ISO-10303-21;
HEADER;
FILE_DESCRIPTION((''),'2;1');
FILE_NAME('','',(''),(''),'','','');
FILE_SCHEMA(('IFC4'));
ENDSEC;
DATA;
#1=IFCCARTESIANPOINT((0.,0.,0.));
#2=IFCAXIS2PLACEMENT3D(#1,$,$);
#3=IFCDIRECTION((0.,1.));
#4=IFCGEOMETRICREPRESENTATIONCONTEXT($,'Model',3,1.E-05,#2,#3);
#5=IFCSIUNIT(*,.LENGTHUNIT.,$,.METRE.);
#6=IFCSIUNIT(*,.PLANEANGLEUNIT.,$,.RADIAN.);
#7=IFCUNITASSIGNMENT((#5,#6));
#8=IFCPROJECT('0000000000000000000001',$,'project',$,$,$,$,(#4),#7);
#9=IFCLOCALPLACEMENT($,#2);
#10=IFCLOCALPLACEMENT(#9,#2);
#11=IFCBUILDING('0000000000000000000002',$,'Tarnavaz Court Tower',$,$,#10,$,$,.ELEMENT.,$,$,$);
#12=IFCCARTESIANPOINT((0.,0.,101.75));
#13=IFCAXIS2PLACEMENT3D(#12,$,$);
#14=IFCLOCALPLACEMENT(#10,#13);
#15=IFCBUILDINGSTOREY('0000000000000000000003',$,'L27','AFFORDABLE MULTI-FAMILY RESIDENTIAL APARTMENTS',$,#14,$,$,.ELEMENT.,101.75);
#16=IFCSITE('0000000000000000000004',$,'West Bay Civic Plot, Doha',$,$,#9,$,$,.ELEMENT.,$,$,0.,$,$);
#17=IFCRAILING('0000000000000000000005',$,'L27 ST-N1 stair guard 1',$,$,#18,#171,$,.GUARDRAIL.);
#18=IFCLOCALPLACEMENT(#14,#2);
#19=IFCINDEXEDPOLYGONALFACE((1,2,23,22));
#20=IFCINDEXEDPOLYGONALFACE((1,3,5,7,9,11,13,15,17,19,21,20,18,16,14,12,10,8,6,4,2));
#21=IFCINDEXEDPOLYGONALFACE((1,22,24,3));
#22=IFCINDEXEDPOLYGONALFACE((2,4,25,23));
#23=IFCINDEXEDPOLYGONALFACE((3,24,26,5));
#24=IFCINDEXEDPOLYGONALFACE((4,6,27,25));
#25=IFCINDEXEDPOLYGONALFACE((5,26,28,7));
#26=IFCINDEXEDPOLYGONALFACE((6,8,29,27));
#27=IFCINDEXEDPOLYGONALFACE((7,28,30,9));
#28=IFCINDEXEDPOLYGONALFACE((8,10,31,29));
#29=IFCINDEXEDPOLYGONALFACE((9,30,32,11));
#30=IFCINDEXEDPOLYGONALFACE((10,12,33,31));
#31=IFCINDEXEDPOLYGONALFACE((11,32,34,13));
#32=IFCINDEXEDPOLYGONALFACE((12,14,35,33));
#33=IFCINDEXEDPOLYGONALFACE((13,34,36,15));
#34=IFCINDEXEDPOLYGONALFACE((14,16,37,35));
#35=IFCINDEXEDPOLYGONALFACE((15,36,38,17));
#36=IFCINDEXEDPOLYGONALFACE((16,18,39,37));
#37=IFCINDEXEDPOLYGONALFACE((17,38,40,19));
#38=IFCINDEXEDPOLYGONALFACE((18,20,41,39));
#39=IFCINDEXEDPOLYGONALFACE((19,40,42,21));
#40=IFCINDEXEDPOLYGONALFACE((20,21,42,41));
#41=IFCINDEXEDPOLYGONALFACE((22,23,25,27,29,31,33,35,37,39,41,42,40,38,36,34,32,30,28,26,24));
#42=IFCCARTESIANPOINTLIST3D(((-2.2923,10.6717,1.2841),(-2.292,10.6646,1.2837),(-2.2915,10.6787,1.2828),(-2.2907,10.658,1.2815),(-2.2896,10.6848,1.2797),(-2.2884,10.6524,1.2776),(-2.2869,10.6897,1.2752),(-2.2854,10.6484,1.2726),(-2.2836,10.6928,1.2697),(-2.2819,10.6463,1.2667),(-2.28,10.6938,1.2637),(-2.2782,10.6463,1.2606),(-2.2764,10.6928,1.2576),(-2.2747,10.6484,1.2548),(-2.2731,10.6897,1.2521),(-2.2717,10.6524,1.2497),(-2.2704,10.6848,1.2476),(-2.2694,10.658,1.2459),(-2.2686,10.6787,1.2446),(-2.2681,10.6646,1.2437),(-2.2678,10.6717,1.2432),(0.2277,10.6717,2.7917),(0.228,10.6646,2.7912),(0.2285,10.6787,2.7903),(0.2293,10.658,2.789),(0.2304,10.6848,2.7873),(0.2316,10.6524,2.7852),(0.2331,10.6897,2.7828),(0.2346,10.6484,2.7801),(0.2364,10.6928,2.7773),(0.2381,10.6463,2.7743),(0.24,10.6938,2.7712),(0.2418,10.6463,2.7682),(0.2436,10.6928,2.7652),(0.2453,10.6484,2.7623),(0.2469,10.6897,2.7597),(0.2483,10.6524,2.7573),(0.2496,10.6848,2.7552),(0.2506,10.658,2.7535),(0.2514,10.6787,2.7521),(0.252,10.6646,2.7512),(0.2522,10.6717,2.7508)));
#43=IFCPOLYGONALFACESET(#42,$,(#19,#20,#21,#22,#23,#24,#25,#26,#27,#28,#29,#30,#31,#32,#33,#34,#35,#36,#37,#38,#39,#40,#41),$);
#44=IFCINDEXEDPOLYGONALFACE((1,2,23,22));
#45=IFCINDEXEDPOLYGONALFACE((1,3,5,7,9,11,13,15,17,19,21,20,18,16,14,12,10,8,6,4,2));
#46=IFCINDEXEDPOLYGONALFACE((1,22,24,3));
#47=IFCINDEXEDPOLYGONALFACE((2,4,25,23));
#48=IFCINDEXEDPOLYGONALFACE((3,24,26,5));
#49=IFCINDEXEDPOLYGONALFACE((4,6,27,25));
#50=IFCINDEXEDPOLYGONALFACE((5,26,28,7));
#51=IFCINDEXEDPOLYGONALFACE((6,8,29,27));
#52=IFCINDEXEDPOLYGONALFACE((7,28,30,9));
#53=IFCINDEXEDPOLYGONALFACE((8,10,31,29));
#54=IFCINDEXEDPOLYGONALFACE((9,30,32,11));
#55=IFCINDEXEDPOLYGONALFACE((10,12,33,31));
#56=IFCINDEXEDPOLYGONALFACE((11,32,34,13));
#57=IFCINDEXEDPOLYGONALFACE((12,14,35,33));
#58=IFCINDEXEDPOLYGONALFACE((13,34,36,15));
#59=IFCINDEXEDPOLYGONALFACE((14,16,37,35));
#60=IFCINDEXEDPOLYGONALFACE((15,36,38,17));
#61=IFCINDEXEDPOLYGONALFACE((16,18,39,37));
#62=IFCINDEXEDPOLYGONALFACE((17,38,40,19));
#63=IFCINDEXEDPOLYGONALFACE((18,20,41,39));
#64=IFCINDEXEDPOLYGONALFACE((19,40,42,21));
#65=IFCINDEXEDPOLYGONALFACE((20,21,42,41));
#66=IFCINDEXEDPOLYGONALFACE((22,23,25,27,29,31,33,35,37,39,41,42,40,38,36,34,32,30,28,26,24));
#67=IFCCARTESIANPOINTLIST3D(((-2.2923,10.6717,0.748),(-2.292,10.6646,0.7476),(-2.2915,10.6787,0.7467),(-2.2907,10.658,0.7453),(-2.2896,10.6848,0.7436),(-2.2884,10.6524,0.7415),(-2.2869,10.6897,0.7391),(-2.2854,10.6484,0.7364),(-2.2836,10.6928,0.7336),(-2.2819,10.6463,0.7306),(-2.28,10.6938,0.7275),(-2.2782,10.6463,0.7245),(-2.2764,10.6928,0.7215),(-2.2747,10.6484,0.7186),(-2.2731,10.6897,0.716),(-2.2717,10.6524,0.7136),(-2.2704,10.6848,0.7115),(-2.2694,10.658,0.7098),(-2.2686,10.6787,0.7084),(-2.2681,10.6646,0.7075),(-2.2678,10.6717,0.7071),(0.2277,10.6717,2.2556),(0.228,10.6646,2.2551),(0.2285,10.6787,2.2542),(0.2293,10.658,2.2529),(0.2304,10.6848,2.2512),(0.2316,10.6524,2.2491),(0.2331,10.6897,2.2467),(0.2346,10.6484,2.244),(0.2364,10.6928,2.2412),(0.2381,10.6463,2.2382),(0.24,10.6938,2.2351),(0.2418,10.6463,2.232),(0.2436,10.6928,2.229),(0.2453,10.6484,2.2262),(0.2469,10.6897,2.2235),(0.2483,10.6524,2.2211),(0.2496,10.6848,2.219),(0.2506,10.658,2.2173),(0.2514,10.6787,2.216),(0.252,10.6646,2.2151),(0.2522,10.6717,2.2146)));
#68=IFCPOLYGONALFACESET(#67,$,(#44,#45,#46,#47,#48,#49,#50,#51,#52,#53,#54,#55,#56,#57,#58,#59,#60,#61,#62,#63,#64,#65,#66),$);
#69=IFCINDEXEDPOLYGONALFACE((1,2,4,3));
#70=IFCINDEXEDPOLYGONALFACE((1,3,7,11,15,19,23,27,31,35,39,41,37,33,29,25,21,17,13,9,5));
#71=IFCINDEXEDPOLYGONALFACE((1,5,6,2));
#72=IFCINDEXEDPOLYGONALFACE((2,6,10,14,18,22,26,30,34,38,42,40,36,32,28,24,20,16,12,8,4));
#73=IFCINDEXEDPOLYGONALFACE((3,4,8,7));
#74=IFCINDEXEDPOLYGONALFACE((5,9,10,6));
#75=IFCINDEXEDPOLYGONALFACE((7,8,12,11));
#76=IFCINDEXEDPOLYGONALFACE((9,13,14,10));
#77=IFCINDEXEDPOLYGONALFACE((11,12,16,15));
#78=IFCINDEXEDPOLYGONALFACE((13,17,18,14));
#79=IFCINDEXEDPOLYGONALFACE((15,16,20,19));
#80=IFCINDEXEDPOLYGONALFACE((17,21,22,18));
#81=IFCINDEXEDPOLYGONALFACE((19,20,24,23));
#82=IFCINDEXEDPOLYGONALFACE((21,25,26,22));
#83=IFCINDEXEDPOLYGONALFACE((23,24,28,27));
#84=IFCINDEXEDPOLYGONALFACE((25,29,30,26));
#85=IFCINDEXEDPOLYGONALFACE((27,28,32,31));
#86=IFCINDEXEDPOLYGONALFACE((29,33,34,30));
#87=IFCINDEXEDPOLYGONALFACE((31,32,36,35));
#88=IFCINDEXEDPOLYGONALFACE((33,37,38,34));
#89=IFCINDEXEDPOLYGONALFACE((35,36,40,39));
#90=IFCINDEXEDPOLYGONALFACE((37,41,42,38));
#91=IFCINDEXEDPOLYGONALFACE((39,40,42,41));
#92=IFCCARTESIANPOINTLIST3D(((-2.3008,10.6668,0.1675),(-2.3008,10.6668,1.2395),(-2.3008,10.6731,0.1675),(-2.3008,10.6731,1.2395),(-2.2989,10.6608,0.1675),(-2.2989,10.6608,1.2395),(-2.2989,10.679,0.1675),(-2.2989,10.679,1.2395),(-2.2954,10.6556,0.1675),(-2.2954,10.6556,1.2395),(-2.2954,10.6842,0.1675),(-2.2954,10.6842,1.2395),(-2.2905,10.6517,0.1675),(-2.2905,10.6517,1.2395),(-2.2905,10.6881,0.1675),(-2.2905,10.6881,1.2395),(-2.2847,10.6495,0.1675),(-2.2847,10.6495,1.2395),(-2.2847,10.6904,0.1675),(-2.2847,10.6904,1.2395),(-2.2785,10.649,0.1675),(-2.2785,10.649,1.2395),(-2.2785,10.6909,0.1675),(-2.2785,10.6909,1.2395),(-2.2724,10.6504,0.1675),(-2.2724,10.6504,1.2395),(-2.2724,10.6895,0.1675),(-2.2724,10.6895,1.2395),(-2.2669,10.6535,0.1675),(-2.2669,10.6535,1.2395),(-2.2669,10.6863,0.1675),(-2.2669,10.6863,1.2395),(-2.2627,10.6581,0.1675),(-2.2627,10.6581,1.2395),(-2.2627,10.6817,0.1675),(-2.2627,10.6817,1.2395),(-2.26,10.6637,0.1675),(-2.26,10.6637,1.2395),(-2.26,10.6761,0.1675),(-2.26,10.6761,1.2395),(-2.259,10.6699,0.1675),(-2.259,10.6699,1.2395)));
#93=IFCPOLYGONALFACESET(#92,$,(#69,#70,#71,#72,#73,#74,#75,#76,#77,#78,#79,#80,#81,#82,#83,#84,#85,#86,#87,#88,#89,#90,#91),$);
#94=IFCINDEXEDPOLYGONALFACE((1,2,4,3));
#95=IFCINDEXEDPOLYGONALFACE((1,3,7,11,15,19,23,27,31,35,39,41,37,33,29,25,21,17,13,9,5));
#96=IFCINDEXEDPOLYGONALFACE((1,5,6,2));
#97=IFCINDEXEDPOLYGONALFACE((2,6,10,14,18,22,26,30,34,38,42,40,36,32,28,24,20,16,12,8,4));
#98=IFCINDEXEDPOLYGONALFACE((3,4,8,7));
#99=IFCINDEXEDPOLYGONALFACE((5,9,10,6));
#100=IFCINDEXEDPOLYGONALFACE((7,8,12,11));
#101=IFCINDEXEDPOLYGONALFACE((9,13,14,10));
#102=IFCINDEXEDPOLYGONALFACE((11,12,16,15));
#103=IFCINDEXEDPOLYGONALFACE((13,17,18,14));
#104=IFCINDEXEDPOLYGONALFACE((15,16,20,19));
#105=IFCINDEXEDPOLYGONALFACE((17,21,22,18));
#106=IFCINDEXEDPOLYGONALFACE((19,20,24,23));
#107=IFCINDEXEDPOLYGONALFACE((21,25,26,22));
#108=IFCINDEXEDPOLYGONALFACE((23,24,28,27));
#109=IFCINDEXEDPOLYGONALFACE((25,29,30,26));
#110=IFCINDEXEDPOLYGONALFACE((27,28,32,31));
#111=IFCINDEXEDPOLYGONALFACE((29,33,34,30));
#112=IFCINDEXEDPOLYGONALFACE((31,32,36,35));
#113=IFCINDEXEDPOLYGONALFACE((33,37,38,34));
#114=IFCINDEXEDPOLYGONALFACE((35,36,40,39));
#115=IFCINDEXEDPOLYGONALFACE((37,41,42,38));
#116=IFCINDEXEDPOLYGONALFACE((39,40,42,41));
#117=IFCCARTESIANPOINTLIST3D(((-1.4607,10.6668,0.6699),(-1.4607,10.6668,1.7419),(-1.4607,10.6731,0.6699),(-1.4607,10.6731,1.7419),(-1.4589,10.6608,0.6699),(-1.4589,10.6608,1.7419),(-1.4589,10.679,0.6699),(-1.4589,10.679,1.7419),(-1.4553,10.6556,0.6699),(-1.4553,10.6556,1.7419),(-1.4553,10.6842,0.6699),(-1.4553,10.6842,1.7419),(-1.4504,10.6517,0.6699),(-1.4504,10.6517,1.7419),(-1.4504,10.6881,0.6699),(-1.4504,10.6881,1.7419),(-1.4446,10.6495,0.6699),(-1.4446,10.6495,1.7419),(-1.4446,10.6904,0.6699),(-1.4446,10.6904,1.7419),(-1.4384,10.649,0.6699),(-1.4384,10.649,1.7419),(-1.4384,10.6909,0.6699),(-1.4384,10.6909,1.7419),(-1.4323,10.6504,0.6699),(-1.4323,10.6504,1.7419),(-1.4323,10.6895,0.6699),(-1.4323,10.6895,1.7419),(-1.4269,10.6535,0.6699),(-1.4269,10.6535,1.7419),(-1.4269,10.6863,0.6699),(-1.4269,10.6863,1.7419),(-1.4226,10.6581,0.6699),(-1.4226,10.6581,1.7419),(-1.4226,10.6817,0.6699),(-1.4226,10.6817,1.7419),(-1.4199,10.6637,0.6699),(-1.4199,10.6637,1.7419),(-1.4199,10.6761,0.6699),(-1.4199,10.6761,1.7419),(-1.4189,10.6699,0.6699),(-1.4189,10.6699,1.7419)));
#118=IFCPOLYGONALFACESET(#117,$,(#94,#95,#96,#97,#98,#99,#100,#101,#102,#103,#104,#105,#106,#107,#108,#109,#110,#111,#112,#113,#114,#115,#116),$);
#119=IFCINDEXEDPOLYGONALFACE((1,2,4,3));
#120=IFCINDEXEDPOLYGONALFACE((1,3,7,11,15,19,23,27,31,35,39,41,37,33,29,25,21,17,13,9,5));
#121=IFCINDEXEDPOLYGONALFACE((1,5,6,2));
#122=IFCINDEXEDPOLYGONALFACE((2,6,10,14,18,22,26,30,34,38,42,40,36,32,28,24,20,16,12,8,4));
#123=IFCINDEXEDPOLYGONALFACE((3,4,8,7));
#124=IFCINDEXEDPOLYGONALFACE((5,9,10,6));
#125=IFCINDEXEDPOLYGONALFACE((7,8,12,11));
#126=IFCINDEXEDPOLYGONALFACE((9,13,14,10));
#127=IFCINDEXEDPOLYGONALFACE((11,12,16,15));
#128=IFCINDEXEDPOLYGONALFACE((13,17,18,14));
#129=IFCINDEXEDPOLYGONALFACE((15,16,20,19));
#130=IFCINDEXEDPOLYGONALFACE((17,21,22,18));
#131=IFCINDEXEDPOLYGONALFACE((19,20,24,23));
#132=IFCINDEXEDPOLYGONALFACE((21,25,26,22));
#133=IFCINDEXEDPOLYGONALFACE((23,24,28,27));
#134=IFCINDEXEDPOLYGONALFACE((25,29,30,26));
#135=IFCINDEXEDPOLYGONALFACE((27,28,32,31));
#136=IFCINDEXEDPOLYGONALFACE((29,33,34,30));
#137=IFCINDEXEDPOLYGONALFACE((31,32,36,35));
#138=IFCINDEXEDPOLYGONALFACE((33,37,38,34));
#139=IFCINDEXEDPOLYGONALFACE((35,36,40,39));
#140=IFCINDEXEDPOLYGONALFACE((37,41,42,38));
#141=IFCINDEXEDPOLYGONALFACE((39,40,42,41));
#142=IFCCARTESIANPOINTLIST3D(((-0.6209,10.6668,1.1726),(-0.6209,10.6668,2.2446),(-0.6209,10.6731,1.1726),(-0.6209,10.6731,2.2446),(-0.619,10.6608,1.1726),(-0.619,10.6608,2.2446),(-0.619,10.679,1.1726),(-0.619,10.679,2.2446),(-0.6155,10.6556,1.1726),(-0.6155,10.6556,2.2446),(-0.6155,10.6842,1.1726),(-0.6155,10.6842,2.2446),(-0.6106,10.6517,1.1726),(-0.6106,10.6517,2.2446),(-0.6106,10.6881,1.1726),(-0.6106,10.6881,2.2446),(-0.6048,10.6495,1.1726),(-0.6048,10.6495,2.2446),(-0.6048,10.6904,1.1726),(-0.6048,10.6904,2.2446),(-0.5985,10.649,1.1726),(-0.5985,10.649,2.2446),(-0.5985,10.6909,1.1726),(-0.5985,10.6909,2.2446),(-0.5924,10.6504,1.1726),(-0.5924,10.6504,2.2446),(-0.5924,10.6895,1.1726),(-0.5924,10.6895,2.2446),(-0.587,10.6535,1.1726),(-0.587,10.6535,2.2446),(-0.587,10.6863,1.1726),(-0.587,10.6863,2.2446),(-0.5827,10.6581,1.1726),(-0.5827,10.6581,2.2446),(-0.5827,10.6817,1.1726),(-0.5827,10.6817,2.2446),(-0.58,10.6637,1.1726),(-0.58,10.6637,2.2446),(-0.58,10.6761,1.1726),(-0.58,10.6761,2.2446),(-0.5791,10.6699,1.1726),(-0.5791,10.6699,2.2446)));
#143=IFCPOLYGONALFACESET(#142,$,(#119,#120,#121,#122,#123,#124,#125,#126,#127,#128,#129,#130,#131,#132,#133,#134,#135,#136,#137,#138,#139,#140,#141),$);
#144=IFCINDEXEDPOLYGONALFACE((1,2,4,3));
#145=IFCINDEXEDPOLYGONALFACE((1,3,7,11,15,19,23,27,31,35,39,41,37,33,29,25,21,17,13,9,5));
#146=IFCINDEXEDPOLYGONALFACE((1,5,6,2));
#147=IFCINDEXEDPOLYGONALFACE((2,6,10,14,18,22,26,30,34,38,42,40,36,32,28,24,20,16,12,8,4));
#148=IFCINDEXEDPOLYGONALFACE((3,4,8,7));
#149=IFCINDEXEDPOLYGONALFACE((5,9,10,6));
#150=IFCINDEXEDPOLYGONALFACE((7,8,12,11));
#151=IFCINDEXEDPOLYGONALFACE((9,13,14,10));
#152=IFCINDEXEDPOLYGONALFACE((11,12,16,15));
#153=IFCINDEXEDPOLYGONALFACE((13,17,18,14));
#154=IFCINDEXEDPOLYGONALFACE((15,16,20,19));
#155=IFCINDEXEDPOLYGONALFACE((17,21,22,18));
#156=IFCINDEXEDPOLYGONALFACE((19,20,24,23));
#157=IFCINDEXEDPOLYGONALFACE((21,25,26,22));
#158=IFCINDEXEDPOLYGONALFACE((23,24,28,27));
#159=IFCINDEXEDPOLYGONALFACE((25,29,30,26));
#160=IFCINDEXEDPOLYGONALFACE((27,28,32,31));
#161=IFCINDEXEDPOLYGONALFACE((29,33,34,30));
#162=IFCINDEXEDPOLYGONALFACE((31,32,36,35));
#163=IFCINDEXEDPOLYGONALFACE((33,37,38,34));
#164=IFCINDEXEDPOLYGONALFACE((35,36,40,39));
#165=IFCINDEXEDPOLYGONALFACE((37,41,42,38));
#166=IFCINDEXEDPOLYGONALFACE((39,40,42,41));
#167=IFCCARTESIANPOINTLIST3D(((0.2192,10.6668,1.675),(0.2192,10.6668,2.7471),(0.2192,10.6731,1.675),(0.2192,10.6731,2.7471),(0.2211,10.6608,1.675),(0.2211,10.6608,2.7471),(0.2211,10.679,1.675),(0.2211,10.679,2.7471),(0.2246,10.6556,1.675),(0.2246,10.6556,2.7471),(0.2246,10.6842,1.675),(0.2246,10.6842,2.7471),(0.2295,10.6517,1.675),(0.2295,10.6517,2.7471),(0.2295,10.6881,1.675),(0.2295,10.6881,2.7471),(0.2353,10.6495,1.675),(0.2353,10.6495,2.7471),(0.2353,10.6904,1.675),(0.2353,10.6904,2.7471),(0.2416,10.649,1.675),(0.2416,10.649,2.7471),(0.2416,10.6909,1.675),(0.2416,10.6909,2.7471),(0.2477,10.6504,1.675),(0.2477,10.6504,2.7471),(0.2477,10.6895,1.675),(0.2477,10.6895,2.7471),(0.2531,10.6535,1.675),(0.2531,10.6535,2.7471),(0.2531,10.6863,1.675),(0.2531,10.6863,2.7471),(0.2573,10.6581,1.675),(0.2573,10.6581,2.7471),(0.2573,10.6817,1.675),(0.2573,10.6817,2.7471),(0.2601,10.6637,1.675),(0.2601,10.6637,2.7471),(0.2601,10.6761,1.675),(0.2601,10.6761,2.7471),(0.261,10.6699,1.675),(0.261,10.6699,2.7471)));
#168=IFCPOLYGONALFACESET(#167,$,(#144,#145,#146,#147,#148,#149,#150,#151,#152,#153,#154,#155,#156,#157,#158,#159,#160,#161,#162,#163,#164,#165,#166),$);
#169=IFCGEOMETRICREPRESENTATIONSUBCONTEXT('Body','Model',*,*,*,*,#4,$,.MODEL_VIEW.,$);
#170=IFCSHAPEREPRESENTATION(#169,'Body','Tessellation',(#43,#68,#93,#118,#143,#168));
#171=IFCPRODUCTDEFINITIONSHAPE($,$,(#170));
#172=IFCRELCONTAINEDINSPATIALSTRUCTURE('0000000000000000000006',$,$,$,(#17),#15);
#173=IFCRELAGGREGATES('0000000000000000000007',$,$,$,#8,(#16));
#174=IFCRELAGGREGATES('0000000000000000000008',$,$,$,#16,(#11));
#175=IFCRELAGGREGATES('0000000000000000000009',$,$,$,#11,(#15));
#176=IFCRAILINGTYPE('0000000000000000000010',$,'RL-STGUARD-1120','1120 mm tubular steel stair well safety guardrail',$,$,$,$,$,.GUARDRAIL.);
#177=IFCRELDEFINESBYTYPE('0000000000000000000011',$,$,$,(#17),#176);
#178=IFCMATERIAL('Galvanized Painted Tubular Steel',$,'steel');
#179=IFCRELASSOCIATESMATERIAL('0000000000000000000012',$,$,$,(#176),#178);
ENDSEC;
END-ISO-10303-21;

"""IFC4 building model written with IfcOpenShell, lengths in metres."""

from ifc_helpers import new_model, si_unit, direction, frame, origin, origin_2d, place, context, subcontext, project, spatial, circle, extrude, material, type_object, element, save


model = new_model("IFC4")

# Units and contexts
model_context = context("Model", 3, precision=1e-05, world=origin(), true_north=direction((0.0, 1.0)))
body_context = subcontext(model_context, "Body", "Model", "MODEL_VIEW")
ifc_project = project(units=[si_unit("LENGTHUNIT", "METRE"), si_unit("PLANEANGLEUNIT", "RADIAN")], contexts=[model_context])

# Site, building, storey
site_placement = place(None, origin())
site = spatial("IfcSite", under=ifc_project, at=site_placement, Name="West Bay Civic Plot, Doha", CompositionType="ELEMENT", RefElevation=0.0)
building_placement = place(site_placement, origin())
building = spatial("IfcBuilding", under=site, at=building_placement, Name="Tarnavaz Court Tower", CompositionType="ELEMENT")
storey_placement = place(building_placement, frame((0.0, 0.0, 101.75)))
storey = spatial("IfcBuildingStorey", under=building, at=storey_placement, Name="L27", Description="AFFORDABLE MULTI-FAMILY RESIDENTIAL APARTMENTS", CompositionType="ELEMENT", Elevation=101.75)

# Railing
ifc_material_1 = material(Name="Galvanized Painted Tubular Steel", Category="steel")
railing_type_1 = type_object("IfcRailingType", Name="RL-STGUARD-1120", Description="1120 mm tubular steel stair well safety guardrail", PredefinedType="GUARDRAIL", material=ifc_material_1)
railing_1_placement = place(storey_placement, frame((-2.28, 10.6699, 0.1675)))
element("IfcRailing", 1, at=railing_1_placement, inside=storey, type_object=railing_type_1, Name="L27 ST-N1 stair guard 1", PredefinedType="GUARDRAIL", context=body_context, shape_type="SweptSolid", body=[
    extrude(circle(Radius=0.0239, at=origin_2d()), frame((0.0, 0.0, 1.0962), z_axis=(0.85816, 0.0, 0.513383), x_axis=(0.0, 1.0, 0.0)), (0.0, 0.0, 1.0), 2.9365),
    extrude(circle(Radius=0.0239, at=origin_2d()), frame((0.0, 0.0, 0.5601), z_axis=(0.85816, 0.0, 0.513383), x_axis=(0.0, 1.0, 0.0)), (0.0, 0.0, 1.0), 2.9365),
    extrude(circle(Radius=0.021, at=origin_2d()), origin(), (0.0, 0.0, 1.0), 1.072),
    extrude(circle(Radius=0.021, at=origin_2d()), frame((0.8401, 0.0, 0.5024)), (0.0, 0.0, 1.0), 1.072),
    extrude(circle(Radius=0.021, at=origin_2d()), frame((1.6799, 0.0, 1.0051)), (0.0, 0.0, 1.0), 1.072),
    extrude(circle(Radius=0.021, at=origin_2d()), frame((2.52, 0.0, 1.5076)), (0.0, 0.0, 1.0), 1.072),
])

save(model, "model.ifc")
